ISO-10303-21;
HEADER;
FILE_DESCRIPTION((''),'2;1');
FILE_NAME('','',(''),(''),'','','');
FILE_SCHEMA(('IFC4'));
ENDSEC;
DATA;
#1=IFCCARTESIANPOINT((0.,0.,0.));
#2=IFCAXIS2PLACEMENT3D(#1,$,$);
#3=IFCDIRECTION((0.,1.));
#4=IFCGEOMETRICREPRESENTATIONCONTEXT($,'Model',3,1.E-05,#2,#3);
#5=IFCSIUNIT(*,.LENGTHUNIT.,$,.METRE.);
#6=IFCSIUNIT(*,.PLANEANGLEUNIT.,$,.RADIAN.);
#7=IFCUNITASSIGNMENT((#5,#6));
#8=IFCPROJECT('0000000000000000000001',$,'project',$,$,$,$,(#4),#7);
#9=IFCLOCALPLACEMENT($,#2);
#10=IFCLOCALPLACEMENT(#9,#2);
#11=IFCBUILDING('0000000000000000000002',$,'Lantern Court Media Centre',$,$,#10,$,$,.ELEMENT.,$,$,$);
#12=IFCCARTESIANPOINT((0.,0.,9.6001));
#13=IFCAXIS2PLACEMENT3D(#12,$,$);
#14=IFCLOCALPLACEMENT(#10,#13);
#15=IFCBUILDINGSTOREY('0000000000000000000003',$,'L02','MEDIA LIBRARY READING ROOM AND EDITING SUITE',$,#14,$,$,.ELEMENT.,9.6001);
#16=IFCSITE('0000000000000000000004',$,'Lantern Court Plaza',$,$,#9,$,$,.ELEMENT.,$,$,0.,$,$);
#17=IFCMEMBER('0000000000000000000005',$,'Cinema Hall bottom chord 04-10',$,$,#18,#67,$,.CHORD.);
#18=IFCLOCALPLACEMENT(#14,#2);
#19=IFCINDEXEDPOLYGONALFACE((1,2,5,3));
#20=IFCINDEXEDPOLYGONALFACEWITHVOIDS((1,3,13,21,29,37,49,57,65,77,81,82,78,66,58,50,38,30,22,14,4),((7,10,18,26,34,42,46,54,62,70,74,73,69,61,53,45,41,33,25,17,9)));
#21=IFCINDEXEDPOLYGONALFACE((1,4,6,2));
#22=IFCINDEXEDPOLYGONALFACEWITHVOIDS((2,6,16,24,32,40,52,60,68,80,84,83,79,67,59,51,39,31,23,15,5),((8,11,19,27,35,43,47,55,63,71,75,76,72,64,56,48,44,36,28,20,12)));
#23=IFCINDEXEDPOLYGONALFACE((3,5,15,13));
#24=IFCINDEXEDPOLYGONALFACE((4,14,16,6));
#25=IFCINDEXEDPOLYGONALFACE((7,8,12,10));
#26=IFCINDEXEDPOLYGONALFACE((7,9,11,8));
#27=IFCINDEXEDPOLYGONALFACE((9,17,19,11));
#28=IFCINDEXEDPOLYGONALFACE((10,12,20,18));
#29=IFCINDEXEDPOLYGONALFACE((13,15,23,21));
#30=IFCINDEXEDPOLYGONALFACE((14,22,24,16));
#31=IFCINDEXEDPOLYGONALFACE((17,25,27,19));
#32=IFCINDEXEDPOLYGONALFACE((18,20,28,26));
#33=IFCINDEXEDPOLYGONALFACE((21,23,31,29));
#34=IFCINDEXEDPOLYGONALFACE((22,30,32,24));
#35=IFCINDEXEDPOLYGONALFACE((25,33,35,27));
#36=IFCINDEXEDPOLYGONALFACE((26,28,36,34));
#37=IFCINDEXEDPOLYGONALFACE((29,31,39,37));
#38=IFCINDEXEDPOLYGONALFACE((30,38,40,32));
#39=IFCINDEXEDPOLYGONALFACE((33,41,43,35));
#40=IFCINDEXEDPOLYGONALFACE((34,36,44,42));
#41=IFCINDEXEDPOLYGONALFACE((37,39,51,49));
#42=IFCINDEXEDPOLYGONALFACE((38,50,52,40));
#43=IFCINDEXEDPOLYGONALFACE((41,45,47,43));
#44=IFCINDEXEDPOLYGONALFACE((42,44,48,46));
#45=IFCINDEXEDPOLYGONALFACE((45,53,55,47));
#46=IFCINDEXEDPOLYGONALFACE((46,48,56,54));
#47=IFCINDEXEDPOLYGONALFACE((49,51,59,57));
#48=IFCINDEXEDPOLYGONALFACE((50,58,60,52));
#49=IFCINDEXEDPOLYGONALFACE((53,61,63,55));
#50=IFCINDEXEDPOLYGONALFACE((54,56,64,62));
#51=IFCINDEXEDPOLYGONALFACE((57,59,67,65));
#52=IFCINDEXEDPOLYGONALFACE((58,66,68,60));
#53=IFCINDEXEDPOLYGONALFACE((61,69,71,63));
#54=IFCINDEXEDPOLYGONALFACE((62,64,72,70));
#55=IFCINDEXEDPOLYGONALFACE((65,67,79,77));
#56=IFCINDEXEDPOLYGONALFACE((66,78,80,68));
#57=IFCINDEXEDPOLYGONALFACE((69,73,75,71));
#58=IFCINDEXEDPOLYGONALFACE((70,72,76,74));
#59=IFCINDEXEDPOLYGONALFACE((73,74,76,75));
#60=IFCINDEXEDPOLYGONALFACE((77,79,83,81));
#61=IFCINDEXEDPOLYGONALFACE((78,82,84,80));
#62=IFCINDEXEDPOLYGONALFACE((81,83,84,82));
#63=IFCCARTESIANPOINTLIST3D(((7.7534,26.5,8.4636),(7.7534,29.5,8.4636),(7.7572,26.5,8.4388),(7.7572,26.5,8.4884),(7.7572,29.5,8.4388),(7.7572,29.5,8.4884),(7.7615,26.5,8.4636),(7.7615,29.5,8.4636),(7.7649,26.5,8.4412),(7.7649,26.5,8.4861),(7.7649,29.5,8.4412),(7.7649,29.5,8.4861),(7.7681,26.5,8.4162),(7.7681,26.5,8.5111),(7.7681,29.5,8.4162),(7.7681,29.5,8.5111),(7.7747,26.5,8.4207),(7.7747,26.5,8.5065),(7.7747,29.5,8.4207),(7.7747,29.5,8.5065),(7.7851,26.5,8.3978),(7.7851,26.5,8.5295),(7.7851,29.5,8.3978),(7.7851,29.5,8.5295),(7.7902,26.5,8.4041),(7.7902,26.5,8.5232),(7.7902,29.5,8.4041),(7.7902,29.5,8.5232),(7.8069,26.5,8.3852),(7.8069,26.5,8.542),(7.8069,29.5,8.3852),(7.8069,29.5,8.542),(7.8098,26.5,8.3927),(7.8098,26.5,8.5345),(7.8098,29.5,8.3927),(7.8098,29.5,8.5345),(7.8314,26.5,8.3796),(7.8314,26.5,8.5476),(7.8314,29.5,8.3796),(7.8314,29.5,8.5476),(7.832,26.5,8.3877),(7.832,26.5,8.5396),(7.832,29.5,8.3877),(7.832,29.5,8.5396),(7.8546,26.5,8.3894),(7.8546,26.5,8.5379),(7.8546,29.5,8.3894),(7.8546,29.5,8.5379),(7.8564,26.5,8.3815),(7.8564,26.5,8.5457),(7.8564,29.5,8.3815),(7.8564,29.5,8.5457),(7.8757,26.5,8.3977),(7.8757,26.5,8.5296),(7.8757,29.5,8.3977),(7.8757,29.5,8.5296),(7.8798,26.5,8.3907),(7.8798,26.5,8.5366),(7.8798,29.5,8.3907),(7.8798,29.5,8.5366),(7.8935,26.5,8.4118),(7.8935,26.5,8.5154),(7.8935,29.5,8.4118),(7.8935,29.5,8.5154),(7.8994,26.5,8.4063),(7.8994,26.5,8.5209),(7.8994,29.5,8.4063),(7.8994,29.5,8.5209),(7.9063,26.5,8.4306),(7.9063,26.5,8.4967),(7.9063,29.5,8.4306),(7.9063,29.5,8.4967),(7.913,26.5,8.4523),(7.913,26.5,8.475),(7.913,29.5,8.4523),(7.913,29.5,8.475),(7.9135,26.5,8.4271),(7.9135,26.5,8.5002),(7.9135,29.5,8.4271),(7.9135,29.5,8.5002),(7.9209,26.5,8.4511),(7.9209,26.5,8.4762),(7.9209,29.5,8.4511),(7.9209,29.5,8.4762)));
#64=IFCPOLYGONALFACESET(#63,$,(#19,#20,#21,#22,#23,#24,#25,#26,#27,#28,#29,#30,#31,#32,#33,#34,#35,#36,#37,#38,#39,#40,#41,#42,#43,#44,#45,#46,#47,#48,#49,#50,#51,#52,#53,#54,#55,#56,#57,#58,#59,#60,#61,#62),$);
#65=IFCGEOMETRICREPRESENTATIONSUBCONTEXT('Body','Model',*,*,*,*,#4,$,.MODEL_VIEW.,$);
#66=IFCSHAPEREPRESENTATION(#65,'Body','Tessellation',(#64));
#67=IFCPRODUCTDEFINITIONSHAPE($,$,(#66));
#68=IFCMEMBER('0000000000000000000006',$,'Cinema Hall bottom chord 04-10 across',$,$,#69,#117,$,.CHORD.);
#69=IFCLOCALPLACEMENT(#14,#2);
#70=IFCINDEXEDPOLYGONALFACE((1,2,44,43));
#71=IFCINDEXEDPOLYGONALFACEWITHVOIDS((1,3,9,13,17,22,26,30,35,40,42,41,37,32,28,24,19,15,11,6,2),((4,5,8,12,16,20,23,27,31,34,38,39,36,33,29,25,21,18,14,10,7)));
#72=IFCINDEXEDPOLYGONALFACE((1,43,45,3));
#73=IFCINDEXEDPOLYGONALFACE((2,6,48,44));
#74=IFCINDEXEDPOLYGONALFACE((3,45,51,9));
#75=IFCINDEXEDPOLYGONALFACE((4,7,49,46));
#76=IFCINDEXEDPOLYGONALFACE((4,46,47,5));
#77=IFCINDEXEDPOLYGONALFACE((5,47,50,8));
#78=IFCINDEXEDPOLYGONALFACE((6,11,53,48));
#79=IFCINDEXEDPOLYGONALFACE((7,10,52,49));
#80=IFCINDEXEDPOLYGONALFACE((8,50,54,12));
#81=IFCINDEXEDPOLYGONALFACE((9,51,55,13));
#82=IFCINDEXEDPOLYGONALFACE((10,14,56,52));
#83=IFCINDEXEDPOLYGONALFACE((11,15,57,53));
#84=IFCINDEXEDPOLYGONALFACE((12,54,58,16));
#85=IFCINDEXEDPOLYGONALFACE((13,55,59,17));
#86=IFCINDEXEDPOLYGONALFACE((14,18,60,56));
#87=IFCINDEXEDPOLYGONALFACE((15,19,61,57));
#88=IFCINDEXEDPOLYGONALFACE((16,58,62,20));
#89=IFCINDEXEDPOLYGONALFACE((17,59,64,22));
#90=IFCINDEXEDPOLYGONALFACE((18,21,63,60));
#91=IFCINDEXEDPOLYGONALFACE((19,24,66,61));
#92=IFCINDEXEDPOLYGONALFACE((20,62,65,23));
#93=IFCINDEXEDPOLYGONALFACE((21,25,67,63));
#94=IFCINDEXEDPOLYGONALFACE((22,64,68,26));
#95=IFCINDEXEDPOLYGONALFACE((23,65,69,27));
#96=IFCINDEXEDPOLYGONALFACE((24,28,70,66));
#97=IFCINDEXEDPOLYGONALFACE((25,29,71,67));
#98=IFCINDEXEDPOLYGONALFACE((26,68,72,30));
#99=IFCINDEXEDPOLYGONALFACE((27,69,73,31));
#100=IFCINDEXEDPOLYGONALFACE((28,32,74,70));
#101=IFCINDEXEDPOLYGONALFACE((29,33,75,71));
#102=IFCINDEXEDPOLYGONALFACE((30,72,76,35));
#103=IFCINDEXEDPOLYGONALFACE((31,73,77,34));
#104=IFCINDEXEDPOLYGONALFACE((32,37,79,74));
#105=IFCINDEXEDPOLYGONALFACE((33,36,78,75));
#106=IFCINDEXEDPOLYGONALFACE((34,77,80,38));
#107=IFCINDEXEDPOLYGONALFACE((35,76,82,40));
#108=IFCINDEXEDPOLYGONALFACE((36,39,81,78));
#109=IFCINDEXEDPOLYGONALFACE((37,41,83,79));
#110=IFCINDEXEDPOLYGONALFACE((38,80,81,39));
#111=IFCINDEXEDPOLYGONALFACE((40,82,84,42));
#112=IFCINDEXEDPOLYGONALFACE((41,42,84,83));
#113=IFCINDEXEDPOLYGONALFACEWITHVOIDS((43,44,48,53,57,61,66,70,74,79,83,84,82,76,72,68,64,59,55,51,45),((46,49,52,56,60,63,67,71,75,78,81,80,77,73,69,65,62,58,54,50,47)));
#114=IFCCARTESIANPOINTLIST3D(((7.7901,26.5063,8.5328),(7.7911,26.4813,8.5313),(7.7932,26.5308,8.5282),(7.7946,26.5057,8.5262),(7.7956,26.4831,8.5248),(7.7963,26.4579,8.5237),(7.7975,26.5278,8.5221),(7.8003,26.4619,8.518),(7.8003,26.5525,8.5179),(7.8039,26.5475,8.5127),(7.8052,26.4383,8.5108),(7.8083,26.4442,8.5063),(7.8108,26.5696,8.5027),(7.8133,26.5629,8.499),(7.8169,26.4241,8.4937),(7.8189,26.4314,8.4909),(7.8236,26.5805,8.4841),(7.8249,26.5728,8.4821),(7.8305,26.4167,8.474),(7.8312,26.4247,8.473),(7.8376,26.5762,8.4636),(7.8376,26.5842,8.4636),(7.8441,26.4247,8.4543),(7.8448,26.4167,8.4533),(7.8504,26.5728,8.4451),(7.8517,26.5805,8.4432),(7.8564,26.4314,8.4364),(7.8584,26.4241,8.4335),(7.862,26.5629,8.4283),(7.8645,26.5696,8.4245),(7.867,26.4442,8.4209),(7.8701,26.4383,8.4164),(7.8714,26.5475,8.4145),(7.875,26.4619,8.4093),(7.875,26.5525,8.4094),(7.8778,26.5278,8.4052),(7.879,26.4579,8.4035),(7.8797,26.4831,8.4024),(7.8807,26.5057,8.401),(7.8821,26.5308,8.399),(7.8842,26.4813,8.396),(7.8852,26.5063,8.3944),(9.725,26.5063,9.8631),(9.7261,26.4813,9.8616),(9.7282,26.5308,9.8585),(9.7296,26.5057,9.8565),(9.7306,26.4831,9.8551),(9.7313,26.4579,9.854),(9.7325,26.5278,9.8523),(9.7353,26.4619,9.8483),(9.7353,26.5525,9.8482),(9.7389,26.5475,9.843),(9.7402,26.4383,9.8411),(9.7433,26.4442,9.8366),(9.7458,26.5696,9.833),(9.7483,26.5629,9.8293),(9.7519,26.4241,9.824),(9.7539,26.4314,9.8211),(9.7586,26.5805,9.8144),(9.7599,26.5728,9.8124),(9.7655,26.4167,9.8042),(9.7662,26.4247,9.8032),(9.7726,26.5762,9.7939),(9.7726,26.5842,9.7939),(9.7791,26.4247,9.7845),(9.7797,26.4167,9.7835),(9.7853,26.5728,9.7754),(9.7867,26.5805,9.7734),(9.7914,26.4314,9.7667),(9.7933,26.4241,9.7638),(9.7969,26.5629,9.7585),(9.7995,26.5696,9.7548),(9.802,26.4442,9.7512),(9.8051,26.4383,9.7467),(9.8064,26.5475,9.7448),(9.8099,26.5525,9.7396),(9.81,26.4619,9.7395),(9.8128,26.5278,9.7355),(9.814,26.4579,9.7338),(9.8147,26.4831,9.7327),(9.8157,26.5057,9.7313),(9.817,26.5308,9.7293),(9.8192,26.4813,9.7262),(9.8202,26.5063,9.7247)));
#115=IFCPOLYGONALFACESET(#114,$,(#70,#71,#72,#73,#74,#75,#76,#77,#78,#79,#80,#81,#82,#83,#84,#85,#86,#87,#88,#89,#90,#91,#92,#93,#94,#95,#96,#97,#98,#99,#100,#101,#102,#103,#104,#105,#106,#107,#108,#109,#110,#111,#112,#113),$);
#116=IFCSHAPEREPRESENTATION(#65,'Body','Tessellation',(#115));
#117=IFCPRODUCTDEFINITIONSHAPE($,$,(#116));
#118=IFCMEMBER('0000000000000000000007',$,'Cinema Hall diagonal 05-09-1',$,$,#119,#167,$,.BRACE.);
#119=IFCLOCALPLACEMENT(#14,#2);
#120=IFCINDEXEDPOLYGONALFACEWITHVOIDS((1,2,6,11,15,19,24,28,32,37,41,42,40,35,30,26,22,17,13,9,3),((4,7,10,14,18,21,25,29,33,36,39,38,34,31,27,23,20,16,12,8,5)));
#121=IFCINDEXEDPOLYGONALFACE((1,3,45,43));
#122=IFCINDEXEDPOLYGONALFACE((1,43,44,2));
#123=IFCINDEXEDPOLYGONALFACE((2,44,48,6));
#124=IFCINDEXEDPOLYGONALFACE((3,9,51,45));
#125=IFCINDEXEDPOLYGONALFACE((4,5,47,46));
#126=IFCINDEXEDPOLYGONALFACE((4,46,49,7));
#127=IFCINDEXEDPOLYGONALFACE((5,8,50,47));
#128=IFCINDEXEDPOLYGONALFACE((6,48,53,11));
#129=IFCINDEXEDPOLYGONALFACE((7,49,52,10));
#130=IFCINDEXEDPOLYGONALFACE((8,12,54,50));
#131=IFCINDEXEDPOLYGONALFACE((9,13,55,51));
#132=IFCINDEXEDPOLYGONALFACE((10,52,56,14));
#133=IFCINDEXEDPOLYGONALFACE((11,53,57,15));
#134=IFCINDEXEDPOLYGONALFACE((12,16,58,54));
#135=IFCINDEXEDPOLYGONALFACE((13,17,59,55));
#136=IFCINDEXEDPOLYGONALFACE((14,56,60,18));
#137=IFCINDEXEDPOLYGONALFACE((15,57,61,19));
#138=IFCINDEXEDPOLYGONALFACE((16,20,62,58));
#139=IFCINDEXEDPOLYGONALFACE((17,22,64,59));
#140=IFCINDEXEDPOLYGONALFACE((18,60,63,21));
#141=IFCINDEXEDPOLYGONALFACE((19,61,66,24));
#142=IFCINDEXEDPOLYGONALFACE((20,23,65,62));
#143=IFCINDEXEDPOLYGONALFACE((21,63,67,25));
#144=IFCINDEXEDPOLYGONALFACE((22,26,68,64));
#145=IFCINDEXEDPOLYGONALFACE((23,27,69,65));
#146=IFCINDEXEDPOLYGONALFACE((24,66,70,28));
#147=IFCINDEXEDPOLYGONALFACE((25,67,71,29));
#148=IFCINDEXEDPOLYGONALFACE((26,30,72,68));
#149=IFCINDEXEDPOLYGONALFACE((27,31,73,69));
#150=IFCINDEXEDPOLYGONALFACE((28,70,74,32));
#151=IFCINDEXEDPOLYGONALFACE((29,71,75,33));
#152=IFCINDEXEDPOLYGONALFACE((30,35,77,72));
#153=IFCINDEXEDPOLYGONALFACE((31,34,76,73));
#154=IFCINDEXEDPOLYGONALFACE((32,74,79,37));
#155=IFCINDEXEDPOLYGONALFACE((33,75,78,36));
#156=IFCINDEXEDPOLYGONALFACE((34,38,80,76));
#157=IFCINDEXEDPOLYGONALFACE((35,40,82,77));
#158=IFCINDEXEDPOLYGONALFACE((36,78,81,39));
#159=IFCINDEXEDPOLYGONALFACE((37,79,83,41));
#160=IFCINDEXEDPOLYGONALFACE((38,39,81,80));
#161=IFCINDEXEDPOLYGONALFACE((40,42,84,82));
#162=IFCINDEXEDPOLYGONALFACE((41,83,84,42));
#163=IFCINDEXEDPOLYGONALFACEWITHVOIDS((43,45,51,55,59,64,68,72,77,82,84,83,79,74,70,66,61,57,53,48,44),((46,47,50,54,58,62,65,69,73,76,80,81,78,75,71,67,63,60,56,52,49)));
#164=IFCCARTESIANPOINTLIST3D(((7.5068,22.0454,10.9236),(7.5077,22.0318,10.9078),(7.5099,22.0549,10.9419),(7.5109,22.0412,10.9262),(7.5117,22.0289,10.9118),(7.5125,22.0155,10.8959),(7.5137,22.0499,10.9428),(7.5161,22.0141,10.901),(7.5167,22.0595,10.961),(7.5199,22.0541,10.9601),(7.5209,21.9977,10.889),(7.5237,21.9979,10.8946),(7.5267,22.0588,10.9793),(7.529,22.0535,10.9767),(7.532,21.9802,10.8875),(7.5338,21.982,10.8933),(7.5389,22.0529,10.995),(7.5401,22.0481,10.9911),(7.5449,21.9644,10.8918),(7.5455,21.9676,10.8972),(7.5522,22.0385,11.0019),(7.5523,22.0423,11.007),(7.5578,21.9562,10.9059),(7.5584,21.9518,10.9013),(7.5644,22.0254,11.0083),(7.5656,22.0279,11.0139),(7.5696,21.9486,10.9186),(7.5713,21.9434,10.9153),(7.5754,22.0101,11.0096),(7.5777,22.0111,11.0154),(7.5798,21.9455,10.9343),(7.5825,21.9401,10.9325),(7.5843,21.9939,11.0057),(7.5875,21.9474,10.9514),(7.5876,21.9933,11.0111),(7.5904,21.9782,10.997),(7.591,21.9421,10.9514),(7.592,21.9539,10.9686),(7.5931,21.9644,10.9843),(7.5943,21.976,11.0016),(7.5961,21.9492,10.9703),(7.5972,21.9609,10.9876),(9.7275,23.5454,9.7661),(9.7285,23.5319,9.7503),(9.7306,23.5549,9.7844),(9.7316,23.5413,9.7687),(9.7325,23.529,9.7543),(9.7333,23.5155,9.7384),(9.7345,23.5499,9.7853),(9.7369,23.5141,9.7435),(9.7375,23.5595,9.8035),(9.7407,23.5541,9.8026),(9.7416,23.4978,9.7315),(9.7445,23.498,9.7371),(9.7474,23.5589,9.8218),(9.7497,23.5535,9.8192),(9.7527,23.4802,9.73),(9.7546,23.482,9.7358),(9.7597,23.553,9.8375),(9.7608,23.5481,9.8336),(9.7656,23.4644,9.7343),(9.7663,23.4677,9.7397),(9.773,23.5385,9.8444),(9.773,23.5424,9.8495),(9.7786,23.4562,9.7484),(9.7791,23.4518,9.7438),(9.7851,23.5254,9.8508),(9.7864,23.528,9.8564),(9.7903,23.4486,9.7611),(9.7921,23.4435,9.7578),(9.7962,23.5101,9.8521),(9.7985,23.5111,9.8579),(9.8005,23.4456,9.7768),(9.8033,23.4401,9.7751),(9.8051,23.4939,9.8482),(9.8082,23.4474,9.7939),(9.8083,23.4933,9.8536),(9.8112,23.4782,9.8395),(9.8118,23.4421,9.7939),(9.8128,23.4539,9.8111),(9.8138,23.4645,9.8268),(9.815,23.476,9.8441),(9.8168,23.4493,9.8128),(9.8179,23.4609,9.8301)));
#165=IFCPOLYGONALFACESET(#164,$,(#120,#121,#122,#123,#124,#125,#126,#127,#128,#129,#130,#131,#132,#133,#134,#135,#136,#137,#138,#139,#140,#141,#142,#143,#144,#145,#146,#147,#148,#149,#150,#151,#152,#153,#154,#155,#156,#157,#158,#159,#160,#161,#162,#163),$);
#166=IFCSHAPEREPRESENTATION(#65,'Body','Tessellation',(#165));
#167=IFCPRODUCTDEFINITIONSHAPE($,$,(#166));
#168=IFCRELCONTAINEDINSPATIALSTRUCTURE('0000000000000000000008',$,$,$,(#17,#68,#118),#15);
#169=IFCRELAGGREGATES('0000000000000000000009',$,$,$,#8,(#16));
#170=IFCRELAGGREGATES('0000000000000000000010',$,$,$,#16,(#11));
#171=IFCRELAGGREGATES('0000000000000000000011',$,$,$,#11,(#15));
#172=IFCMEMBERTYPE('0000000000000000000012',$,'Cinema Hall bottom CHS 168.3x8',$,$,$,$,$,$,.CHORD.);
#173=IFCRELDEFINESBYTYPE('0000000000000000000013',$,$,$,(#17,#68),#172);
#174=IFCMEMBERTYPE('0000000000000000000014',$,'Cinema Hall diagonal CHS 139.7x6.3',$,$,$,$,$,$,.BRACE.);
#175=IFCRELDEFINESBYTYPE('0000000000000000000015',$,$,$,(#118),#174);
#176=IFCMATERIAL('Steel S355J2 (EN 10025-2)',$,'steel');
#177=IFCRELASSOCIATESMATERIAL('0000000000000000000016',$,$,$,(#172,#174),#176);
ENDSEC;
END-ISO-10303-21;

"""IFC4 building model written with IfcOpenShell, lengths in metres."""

from ifc_helpers import new_model, si_unit, direction, frame, origin, origin_2d, place, context, subcontext, project, spatial, hollow_circle, extrude, material, material_profile, profile_set, type_object, element, save


model = new_model("IFC4")

# Units and contexts
model_context = context("Model", 3, precision=1e-05, world=origin(), true_north=direction((0.0, 1.0)))
body_context = subcontext(model_context, "Body", "Model", "MODEL_VIEW")
ifc_project = project(units=[si_unit("LENGTHUNIT", "METRE"), si_unit("PLANEANGLEUNIT", "RADIAN")], contexts=[model_context])

# Site, building, storey
site_placement = place(None, origin())
site = spatial("IfcSite", under=ifc_project, at=site_placement, Name="Lantern Court Plaza", CompositionType="ELEMENT", RefElevation=0.0)
building_placement = place(site_placement, origin())
building = spatial("IfcBuilding", under=site, at=building_placement, Name="Lantern Court Media Centre", CompositionType="ELEMENT")
storey_placement = place(building_placement, frame((0.0, 0.0, 9.6001)))
storey = spatial("IfcBuildingStorey", under=building, at=storey_placement, Name="L02", Description="MEDIA LIBRARY READING ROOM AND EDITING SUITE", CompositionType="ELEMENT", Elevation=9.6001)

# Members
ifc_material = material(Name="Steel S355J2 (EN 10025-2)", Category="steel")
ifc_material_profile_1 = material_profile(ifc_material, hollow_circle(Radius=0.0842, WallThickness=0.0081, at=origin_2d()), Name="Cinema Hall bottom CHS 168.3x8")
ifc_profile_set_1 = profile_set([ifc_material_profile_1], Name="Steel S355J2 (EN 10025-2)")
member_type_1 = type_object("IfcMemberType", Name="Cinema Hall bottom CHS 168.3x8", PredefinedType="CHORD", material=ifc_profile_set_1)
member_1_placement = place(storey_placement, frame((7.8376, 26.5, 8.4636), z_axis=(0.0, 1.0, 0.0), x_axis=(-1.0, 0.0, 0.0)))
element("IfcMember", 1, at=member_1_placement, inside=storey, type_object=member_type_1, Name="Cinema Hall bottom chord 04-10", PredefinedType="CHORD", context=body_context, shape_type="SweptSolid", body=[
    extrude(hollow_circle(Radius=0.0842, WallThickness=0.0081, at=origin_2d()), origin(), (0.0, 0.0, 1.0), 3.0),
])
member_2_placement = place(storey_placement, frame((7.8376, 26.5, 8.4636), z_axis=(0.824048, 0.0, 0.56652), x_axis=(0.0, 1.0, 0.0)))
element("IfcMember", 2, at=member_2_placement, inside=storey, type_object=member_type_1, Name="Cinema Hall bottom chord 04-10 across", PredefinedType="CHORD", context=body_context, shape_type="SweptSolid", body=[
    extrude(hollow_circle(Radius=0.0842, WallThickness=0.0081, at=origin_2d()), origin(), (0.0, 0.0, 1.0), 2.3481),
])
ifc_material_profile_2 = material_profile(ifc_material, hollow_circle(Radius=0.0698, WallThickness=0.0063, at=origin_2d()), Name="Cinema Hall diagonal CHS 139.7x6.3")
ifc_profile_set_2 = profile_set([ifc_material_profile_2], Name="Steel S355J2 (EN 10025-2)")
member_type_2 = type_object("IfcMemberType", Name="Cinema Hall diagonal CHS 139.7x6.3", PredefinedType="BRACE", material=ifc_profile_set_2)
member_3_placement = place(storey_placement, frame((9.7727, 23.5, 9.7939), z_axis=(-0.760744, -0.513854, 0.396514), x_axis=(0.559736, -0.828671, 0.0)))
element("IfcMember", 3, at=member_3_placement, inside=storey, type_object=member_type_2, Name="Cinema Hall diagonal 05-09-1", PredefinedType="BRACE", context=body_context, shape_type="SweptSolid", body=[
    extrude(hollow_circle(Radius=0.0698, WallThickness=0.0063, at=origin_2d()), origin(), (0.0, 0.0, 1.0), 2.9192),
])

save(model, "model.ifc")
